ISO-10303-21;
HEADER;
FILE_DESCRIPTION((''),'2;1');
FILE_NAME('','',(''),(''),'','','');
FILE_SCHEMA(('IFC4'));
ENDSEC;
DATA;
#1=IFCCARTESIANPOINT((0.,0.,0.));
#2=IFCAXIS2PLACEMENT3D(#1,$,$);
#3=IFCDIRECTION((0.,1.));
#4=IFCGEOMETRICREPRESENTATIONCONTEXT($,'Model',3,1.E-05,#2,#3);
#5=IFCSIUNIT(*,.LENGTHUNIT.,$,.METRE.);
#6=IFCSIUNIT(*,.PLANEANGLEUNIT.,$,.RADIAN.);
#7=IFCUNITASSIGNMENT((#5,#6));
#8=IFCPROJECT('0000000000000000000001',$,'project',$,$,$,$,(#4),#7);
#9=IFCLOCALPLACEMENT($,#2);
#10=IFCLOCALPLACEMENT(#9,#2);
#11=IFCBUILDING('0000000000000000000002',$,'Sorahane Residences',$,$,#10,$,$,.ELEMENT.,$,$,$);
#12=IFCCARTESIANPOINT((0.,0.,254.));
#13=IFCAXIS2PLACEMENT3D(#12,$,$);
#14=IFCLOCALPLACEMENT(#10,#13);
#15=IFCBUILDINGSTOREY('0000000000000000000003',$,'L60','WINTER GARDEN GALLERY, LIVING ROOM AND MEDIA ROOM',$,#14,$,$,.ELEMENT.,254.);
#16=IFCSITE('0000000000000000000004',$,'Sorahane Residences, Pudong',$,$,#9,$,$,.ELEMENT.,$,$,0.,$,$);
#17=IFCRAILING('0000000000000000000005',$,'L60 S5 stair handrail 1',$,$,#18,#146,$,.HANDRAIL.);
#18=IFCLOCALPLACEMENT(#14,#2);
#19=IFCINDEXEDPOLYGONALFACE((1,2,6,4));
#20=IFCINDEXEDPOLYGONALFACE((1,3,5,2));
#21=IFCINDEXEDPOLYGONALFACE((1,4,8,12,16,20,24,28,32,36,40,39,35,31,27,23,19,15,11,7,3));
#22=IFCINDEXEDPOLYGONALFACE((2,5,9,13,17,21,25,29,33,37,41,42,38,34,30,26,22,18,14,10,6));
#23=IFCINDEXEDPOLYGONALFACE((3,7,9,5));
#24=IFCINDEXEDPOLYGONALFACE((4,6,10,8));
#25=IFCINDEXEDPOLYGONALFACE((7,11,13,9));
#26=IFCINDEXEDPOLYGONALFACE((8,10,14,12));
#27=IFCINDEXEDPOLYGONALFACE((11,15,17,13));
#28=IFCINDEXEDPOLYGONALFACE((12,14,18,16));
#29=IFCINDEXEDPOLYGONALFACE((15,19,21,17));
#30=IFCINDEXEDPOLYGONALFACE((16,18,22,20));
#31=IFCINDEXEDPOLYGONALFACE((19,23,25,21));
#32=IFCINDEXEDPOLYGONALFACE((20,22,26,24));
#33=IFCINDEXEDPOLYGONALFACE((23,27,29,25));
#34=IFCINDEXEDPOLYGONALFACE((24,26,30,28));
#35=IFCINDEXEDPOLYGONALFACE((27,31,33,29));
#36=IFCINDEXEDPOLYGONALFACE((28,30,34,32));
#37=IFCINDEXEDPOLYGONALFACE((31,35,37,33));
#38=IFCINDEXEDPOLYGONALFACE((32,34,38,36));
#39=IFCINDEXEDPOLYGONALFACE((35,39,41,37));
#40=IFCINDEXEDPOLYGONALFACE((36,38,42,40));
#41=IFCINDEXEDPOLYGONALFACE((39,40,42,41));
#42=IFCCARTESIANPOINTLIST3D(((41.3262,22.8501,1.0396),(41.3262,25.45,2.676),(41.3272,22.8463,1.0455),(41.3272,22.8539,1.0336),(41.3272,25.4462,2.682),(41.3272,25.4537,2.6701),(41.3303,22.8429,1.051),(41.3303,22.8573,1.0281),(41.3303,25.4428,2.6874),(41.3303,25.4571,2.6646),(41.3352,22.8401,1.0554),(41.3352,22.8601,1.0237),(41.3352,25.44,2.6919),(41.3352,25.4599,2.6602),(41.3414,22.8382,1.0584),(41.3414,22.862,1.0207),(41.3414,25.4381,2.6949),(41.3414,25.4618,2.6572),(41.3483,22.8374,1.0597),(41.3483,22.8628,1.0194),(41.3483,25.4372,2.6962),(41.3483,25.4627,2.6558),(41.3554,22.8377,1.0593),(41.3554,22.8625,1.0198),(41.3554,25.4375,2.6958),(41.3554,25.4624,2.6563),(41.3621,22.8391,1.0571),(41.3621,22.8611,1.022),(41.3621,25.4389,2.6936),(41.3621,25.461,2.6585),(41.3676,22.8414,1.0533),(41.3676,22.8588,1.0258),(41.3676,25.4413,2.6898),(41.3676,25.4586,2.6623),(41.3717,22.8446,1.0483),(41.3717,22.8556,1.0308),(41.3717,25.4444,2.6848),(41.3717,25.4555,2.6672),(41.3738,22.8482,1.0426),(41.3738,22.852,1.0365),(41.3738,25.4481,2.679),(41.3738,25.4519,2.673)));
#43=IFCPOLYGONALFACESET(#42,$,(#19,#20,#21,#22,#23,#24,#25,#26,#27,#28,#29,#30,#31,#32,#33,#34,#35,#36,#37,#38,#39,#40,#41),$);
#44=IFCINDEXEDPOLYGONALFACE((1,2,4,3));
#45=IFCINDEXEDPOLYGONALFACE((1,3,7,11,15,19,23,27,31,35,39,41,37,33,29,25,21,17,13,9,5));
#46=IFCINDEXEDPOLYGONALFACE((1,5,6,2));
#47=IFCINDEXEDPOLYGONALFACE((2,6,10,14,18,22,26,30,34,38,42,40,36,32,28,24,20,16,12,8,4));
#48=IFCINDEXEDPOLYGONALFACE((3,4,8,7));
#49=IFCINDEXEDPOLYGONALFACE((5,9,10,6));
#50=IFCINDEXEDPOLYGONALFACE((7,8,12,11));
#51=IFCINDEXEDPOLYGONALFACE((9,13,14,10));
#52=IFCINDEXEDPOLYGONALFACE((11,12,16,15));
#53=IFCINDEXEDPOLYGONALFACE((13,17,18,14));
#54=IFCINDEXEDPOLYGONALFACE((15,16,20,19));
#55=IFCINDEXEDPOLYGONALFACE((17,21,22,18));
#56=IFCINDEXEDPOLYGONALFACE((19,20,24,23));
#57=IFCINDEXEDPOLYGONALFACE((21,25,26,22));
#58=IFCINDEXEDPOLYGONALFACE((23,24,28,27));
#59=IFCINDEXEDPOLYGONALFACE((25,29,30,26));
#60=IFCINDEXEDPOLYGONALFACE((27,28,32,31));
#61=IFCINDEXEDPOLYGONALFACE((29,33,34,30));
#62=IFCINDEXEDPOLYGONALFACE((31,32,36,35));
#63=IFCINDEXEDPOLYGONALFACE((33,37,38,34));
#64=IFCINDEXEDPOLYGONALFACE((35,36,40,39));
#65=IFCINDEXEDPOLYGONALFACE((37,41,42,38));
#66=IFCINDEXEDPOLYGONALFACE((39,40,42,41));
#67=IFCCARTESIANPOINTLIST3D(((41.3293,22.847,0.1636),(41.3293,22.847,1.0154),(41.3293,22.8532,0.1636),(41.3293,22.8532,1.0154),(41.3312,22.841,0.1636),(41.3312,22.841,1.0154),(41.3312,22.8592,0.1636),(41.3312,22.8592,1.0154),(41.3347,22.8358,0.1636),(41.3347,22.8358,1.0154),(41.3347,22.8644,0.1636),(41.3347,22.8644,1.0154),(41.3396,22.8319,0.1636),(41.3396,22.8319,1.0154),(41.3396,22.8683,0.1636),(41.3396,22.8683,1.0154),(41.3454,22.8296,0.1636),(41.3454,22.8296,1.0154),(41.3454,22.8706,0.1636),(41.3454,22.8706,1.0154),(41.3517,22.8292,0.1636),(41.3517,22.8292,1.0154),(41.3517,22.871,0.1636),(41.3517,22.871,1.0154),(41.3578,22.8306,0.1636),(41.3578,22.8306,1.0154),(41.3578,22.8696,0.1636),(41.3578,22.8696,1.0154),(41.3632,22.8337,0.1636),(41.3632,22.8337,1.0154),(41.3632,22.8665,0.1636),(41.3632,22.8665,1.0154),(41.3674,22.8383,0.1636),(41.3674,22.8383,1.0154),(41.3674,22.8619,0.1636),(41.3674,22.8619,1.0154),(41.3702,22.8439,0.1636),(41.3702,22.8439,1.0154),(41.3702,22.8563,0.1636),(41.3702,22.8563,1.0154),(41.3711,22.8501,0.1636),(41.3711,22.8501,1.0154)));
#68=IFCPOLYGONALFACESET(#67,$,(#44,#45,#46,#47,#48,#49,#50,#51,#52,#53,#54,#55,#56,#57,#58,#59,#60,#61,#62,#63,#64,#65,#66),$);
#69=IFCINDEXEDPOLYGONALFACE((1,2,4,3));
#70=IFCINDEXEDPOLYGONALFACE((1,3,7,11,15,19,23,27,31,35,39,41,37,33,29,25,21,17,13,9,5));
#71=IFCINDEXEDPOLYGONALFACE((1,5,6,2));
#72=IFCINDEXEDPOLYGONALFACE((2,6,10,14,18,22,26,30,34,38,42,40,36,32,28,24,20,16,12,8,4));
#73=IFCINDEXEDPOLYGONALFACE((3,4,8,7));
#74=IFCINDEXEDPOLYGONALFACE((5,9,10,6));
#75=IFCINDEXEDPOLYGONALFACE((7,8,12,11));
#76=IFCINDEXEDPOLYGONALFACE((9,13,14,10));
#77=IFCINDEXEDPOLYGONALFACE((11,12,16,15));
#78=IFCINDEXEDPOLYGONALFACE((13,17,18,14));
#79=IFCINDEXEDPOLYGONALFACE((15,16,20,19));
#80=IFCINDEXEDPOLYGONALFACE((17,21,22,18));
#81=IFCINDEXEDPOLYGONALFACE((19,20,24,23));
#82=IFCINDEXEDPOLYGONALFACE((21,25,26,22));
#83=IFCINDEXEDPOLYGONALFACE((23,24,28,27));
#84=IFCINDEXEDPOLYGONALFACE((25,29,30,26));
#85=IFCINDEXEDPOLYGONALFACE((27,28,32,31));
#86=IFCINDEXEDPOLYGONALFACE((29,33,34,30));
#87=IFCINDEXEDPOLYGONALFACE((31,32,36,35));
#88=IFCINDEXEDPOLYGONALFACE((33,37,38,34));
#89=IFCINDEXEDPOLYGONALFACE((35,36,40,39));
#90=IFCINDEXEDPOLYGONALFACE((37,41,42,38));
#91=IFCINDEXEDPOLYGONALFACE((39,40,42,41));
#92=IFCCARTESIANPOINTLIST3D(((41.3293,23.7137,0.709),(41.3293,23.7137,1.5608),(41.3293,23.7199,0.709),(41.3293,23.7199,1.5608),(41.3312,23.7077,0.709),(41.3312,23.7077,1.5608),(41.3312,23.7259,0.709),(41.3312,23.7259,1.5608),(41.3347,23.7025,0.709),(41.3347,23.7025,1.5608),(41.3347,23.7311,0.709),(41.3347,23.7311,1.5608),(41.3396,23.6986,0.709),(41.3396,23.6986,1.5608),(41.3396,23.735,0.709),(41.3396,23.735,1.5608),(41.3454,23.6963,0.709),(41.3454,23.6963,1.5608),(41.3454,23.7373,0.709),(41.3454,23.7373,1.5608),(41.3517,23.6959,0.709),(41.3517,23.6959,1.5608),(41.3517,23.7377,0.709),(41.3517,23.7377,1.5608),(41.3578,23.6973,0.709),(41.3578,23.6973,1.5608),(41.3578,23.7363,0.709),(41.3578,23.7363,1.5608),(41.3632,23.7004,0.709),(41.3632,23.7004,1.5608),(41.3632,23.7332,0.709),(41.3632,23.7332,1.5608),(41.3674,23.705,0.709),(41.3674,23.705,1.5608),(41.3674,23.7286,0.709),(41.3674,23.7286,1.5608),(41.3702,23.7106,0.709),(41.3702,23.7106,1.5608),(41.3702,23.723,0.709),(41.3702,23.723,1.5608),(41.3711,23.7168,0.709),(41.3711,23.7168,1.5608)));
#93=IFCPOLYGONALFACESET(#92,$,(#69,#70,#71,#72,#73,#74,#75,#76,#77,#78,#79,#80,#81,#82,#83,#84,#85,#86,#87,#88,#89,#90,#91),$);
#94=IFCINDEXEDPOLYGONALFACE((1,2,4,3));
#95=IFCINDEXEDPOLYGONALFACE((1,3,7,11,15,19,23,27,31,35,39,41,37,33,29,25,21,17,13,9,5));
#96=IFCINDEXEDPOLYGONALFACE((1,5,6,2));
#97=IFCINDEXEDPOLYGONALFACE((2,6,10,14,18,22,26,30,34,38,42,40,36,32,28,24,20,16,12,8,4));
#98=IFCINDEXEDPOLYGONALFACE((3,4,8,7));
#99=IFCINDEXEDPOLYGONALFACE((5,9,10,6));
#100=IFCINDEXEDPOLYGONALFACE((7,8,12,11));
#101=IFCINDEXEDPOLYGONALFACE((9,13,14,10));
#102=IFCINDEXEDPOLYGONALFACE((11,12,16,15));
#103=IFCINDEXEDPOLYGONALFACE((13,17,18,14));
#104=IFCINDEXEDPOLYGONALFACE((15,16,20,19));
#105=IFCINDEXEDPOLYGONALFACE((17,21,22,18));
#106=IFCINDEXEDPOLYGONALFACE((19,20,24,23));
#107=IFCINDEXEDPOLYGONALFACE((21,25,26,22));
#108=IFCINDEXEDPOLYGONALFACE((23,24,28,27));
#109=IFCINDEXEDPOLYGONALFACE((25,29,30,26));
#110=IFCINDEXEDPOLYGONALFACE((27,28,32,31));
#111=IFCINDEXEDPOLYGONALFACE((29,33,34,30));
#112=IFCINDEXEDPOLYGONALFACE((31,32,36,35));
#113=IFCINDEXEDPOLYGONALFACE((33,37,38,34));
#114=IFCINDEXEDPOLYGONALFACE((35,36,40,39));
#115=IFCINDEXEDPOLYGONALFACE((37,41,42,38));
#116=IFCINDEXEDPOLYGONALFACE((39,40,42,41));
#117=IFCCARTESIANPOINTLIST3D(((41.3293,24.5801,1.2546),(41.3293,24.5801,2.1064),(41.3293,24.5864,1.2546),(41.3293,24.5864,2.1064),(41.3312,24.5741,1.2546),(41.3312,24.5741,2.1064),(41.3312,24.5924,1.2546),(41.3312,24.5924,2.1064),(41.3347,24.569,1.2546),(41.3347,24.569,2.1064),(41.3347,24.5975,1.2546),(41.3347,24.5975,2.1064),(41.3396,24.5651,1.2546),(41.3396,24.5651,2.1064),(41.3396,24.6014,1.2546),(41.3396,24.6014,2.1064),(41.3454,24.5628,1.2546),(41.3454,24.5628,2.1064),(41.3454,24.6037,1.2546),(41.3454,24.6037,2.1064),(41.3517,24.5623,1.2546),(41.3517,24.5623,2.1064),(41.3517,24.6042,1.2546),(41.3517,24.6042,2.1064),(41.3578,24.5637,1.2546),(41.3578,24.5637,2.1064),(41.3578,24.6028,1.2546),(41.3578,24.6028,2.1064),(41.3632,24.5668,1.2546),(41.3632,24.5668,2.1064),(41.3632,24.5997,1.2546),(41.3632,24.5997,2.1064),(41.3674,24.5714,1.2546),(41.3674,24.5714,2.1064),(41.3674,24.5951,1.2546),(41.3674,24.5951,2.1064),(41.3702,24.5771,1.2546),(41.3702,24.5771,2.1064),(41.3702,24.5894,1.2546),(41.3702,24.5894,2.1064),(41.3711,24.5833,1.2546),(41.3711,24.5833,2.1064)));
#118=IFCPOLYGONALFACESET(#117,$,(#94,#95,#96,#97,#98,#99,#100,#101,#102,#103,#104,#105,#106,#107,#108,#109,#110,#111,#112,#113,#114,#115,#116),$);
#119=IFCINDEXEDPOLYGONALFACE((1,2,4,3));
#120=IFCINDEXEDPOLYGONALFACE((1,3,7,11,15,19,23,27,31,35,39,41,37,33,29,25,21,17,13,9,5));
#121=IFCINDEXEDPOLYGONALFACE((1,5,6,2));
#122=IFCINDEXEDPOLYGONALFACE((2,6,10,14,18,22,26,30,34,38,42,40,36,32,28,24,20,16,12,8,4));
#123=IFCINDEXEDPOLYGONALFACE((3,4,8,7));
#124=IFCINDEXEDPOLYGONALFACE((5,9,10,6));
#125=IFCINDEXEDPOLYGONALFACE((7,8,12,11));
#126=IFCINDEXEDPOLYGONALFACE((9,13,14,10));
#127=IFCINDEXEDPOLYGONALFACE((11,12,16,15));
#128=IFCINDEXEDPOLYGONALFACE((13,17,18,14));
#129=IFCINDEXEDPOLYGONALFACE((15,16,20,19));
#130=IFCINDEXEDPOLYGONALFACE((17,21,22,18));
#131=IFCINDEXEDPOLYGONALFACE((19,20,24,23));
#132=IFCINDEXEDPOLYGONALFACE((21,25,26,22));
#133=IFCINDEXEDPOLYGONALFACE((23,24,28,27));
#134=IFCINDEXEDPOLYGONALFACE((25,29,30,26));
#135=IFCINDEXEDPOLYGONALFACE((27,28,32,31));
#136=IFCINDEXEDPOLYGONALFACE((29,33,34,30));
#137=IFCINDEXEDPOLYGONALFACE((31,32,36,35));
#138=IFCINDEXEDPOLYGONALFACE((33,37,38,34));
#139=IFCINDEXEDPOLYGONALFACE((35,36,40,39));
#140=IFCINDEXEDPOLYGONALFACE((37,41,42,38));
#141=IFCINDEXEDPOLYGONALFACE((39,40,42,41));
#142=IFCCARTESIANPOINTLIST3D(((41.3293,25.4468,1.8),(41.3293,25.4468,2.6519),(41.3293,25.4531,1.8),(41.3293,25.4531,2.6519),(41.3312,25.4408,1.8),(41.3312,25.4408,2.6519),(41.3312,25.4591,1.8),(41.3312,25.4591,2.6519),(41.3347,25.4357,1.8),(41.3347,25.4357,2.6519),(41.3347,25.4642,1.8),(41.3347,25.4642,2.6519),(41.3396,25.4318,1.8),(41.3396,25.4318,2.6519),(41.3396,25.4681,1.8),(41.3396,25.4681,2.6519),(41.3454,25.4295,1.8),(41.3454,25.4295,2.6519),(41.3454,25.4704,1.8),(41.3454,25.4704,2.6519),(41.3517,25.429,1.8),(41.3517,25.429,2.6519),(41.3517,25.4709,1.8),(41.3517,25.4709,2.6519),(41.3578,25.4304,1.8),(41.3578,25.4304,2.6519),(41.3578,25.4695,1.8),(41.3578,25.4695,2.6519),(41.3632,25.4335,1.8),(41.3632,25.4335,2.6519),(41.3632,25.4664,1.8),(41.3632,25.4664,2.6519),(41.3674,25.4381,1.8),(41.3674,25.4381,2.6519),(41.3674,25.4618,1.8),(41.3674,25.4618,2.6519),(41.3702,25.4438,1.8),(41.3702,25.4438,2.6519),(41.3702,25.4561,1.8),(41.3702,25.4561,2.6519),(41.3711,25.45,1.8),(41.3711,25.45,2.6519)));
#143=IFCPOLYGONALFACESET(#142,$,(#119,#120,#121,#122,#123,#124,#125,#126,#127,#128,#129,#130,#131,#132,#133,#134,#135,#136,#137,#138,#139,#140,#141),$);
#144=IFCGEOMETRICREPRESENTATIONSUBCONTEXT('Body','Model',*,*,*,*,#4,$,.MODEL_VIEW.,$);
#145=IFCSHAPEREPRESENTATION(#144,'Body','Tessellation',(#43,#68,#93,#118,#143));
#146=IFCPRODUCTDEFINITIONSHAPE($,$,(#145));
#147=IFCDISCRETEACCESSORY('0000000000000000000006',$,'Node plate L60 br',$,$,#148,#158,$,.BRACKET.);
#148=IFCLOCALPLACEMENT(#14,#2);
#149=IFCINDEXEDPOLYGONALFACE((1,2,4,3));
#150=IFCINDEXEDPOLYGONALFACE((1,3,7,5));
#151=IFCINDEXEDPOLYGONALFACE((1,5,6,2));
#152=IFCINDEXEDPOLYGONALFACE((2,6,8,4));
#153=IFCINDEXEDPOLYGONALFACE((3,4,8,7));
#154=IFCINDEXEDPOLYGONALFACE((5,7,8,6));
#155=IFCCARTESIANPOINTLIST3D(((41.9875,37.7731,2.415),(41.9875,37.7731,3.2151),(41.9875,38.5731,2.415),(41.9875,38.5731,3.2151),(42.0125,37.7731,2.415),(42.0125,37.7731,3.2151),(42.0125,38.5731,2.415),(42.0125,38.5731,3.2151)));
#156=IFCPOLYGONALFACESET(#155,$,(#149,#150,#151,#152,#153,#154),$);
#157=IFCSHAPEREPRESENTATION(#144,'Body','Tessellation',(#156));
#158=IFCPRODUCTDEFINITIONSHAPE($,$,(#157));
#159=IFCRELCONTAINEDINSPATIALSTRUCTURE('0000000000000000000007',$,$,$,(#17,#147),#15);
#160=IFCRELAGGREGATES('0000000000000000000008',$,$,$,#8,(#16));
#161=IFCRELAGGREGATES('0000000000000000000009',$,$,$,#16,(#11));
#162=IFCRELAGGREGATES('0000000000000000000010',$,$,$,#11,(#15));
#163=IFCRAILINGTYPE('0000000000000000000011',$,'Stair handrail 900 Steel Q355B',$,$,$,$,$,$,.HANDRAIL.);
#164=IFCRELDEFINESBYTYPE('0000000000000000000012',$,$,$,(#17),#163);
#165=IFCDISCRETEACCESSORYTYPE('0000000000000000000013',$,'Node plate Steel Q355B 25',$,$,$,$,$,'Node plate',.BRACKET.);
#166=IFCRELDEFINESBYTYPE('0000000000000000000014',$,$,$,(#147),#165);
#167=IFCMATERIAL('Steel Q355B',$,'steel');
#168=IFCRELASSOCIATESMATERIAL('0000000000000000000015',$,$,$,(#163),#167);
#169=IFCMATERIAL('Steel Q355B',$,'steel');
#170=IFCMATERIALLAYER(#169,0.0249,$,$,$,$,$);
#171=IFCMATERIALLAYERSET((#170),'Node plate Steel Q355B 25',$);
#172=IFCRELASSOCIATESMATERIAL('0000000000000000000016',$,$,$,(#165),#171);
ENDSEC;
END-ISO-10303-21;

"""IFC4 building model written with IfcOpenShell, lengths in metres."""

from ifc_helpers import new_model, si_unit, direction, frame, origin, origin_2d, place, context, subcontext, project, spatial, rectangle, circle, extrude, material, layer, layer_set, type_object, element, save


model = new_model("IFC4")

# Units and contexts
model_context = context("Model", 3, precision=1e-05, world=origin(), true_north=direction((0.0, 1.0)))
body_context = subcontext(model_context, "Body", "Model", "MODEL_VIEW")
ifc_project = project(units=[si_unit("LENGTHUNIT", "METRE"), si_unit("PLANEANGLEUNIT", "RADIAN")], contexts=[model_context])

# Site, building, storey
site_placement = place(None, origin())
site = spatial("IfcSite", under=ifc_project, at=site_placement, Name="Sorahane Residences, Pudong", CompositionType="ELEMENT", RefElevation=0.0)
building_placement = place(site_placement, origin())
building = spatial("IfcBuilding", under=site, at=building_placement, Name="Sorahane Residences", CompositionType="ELEMENT")
storey_placement = place(building_placement, frame((0.0, 0.0, 254.0)))
storey = spatial("IfcBuildingStorey", under=building, at=storey_placement, Name="L60", Description="WINTER GARDEN GALLERY, LIVING ROOM AND MEDIA ROOM", CompositionType="ELEMENT", Elevation=254.0)

# Railing
ifc_material_1 = material(Name="Steel Q355B", Category="steel")
railing_type_1 = type_object("IfcRailingType", Name="Stair handrail 900 Steel Q355B", PredefinedType="HANDRAIL", material=ifc_material_1)
railing_1_placement = place(storey_placement, frame((41.3501, 22.8501, 0.1636)))
element("IfcRailing", 1, at=railing_1_placement, inside=storey, type_object=railing_type_1, Name="L60 S5 stair handrail 1", PredefinedType="HANDRAIL", context=body_context, shape_type="SweptSolid", body=[
    extrude(circle(Radius=0.0239, at=origin_2d()), frame((0.0, 0.0, 0.876), z_axis=(0.0, 0.846302, 0.532704), x_axis=(-1.0, 0.0, 0.0)), (0.0, 0.0, 1.0), 3.072),
    extrude(circle(Radius=0.021, at=origin_2d()), origin(), (0.0, 0.0, 1.0), 0.8518),
    extrude(circle(Radius=0.021, at=origin_2d()), frame((0.0, 0.8667, 0.5454)), (0.0, 0.0, 1.0), 0.8518),
    extrude(circle(Radius=0.021, at=origin_2d()), frame((0.0, 1.7332, 1.0911)), (0.0, 0.0, 1.0), 0.8518),
    extrude(circle(Radius=0.021, at=origin_2d()), frame((0.0, 2.5999, 1.6365)), (0.0, 0.0, 1.0), 0.8518),
])

# Discrete accessory
ifc_material_2 = material(Name="Steel Q355B", Category="steel")
ifc_layer_1 = layer(ifc_material_2, 0.0249)
ifc_layer_set_1 = layer_set([ifc_layer_1], Name="Node plate Steel Q355B 25")
discrete_accessory_type = type_object("IfcDiscreteAccessoryType", Name="Node plate Steel Q355B 25", ElementType="Node plate", PredefinedType="BRACKET", material=ifc_layer_set_1)
discrete_accessory_placement = place(storey_placement, frame((42.0, 38.1731, 2.415), z_axis=(0.0, 0.0, 1.0), x_axis=(0.0, 1.0, 0.0)))
element("IfcDiscreteAccessory", 2, at=discrete_accessory_placement, inside=storey, type_object=discrete_accessory_type, Name="Node plate L60 br", PredefinedType="BRACKET", context=body_context, shape_type="SweptSolid", body=[
    extrude(rectangle(XDim=0.8, YDim=0.0249, at=origin_2d()), origin(), (0.0, 0.0, 1.0), 0.8),
])

save(model, "model.ifc")
